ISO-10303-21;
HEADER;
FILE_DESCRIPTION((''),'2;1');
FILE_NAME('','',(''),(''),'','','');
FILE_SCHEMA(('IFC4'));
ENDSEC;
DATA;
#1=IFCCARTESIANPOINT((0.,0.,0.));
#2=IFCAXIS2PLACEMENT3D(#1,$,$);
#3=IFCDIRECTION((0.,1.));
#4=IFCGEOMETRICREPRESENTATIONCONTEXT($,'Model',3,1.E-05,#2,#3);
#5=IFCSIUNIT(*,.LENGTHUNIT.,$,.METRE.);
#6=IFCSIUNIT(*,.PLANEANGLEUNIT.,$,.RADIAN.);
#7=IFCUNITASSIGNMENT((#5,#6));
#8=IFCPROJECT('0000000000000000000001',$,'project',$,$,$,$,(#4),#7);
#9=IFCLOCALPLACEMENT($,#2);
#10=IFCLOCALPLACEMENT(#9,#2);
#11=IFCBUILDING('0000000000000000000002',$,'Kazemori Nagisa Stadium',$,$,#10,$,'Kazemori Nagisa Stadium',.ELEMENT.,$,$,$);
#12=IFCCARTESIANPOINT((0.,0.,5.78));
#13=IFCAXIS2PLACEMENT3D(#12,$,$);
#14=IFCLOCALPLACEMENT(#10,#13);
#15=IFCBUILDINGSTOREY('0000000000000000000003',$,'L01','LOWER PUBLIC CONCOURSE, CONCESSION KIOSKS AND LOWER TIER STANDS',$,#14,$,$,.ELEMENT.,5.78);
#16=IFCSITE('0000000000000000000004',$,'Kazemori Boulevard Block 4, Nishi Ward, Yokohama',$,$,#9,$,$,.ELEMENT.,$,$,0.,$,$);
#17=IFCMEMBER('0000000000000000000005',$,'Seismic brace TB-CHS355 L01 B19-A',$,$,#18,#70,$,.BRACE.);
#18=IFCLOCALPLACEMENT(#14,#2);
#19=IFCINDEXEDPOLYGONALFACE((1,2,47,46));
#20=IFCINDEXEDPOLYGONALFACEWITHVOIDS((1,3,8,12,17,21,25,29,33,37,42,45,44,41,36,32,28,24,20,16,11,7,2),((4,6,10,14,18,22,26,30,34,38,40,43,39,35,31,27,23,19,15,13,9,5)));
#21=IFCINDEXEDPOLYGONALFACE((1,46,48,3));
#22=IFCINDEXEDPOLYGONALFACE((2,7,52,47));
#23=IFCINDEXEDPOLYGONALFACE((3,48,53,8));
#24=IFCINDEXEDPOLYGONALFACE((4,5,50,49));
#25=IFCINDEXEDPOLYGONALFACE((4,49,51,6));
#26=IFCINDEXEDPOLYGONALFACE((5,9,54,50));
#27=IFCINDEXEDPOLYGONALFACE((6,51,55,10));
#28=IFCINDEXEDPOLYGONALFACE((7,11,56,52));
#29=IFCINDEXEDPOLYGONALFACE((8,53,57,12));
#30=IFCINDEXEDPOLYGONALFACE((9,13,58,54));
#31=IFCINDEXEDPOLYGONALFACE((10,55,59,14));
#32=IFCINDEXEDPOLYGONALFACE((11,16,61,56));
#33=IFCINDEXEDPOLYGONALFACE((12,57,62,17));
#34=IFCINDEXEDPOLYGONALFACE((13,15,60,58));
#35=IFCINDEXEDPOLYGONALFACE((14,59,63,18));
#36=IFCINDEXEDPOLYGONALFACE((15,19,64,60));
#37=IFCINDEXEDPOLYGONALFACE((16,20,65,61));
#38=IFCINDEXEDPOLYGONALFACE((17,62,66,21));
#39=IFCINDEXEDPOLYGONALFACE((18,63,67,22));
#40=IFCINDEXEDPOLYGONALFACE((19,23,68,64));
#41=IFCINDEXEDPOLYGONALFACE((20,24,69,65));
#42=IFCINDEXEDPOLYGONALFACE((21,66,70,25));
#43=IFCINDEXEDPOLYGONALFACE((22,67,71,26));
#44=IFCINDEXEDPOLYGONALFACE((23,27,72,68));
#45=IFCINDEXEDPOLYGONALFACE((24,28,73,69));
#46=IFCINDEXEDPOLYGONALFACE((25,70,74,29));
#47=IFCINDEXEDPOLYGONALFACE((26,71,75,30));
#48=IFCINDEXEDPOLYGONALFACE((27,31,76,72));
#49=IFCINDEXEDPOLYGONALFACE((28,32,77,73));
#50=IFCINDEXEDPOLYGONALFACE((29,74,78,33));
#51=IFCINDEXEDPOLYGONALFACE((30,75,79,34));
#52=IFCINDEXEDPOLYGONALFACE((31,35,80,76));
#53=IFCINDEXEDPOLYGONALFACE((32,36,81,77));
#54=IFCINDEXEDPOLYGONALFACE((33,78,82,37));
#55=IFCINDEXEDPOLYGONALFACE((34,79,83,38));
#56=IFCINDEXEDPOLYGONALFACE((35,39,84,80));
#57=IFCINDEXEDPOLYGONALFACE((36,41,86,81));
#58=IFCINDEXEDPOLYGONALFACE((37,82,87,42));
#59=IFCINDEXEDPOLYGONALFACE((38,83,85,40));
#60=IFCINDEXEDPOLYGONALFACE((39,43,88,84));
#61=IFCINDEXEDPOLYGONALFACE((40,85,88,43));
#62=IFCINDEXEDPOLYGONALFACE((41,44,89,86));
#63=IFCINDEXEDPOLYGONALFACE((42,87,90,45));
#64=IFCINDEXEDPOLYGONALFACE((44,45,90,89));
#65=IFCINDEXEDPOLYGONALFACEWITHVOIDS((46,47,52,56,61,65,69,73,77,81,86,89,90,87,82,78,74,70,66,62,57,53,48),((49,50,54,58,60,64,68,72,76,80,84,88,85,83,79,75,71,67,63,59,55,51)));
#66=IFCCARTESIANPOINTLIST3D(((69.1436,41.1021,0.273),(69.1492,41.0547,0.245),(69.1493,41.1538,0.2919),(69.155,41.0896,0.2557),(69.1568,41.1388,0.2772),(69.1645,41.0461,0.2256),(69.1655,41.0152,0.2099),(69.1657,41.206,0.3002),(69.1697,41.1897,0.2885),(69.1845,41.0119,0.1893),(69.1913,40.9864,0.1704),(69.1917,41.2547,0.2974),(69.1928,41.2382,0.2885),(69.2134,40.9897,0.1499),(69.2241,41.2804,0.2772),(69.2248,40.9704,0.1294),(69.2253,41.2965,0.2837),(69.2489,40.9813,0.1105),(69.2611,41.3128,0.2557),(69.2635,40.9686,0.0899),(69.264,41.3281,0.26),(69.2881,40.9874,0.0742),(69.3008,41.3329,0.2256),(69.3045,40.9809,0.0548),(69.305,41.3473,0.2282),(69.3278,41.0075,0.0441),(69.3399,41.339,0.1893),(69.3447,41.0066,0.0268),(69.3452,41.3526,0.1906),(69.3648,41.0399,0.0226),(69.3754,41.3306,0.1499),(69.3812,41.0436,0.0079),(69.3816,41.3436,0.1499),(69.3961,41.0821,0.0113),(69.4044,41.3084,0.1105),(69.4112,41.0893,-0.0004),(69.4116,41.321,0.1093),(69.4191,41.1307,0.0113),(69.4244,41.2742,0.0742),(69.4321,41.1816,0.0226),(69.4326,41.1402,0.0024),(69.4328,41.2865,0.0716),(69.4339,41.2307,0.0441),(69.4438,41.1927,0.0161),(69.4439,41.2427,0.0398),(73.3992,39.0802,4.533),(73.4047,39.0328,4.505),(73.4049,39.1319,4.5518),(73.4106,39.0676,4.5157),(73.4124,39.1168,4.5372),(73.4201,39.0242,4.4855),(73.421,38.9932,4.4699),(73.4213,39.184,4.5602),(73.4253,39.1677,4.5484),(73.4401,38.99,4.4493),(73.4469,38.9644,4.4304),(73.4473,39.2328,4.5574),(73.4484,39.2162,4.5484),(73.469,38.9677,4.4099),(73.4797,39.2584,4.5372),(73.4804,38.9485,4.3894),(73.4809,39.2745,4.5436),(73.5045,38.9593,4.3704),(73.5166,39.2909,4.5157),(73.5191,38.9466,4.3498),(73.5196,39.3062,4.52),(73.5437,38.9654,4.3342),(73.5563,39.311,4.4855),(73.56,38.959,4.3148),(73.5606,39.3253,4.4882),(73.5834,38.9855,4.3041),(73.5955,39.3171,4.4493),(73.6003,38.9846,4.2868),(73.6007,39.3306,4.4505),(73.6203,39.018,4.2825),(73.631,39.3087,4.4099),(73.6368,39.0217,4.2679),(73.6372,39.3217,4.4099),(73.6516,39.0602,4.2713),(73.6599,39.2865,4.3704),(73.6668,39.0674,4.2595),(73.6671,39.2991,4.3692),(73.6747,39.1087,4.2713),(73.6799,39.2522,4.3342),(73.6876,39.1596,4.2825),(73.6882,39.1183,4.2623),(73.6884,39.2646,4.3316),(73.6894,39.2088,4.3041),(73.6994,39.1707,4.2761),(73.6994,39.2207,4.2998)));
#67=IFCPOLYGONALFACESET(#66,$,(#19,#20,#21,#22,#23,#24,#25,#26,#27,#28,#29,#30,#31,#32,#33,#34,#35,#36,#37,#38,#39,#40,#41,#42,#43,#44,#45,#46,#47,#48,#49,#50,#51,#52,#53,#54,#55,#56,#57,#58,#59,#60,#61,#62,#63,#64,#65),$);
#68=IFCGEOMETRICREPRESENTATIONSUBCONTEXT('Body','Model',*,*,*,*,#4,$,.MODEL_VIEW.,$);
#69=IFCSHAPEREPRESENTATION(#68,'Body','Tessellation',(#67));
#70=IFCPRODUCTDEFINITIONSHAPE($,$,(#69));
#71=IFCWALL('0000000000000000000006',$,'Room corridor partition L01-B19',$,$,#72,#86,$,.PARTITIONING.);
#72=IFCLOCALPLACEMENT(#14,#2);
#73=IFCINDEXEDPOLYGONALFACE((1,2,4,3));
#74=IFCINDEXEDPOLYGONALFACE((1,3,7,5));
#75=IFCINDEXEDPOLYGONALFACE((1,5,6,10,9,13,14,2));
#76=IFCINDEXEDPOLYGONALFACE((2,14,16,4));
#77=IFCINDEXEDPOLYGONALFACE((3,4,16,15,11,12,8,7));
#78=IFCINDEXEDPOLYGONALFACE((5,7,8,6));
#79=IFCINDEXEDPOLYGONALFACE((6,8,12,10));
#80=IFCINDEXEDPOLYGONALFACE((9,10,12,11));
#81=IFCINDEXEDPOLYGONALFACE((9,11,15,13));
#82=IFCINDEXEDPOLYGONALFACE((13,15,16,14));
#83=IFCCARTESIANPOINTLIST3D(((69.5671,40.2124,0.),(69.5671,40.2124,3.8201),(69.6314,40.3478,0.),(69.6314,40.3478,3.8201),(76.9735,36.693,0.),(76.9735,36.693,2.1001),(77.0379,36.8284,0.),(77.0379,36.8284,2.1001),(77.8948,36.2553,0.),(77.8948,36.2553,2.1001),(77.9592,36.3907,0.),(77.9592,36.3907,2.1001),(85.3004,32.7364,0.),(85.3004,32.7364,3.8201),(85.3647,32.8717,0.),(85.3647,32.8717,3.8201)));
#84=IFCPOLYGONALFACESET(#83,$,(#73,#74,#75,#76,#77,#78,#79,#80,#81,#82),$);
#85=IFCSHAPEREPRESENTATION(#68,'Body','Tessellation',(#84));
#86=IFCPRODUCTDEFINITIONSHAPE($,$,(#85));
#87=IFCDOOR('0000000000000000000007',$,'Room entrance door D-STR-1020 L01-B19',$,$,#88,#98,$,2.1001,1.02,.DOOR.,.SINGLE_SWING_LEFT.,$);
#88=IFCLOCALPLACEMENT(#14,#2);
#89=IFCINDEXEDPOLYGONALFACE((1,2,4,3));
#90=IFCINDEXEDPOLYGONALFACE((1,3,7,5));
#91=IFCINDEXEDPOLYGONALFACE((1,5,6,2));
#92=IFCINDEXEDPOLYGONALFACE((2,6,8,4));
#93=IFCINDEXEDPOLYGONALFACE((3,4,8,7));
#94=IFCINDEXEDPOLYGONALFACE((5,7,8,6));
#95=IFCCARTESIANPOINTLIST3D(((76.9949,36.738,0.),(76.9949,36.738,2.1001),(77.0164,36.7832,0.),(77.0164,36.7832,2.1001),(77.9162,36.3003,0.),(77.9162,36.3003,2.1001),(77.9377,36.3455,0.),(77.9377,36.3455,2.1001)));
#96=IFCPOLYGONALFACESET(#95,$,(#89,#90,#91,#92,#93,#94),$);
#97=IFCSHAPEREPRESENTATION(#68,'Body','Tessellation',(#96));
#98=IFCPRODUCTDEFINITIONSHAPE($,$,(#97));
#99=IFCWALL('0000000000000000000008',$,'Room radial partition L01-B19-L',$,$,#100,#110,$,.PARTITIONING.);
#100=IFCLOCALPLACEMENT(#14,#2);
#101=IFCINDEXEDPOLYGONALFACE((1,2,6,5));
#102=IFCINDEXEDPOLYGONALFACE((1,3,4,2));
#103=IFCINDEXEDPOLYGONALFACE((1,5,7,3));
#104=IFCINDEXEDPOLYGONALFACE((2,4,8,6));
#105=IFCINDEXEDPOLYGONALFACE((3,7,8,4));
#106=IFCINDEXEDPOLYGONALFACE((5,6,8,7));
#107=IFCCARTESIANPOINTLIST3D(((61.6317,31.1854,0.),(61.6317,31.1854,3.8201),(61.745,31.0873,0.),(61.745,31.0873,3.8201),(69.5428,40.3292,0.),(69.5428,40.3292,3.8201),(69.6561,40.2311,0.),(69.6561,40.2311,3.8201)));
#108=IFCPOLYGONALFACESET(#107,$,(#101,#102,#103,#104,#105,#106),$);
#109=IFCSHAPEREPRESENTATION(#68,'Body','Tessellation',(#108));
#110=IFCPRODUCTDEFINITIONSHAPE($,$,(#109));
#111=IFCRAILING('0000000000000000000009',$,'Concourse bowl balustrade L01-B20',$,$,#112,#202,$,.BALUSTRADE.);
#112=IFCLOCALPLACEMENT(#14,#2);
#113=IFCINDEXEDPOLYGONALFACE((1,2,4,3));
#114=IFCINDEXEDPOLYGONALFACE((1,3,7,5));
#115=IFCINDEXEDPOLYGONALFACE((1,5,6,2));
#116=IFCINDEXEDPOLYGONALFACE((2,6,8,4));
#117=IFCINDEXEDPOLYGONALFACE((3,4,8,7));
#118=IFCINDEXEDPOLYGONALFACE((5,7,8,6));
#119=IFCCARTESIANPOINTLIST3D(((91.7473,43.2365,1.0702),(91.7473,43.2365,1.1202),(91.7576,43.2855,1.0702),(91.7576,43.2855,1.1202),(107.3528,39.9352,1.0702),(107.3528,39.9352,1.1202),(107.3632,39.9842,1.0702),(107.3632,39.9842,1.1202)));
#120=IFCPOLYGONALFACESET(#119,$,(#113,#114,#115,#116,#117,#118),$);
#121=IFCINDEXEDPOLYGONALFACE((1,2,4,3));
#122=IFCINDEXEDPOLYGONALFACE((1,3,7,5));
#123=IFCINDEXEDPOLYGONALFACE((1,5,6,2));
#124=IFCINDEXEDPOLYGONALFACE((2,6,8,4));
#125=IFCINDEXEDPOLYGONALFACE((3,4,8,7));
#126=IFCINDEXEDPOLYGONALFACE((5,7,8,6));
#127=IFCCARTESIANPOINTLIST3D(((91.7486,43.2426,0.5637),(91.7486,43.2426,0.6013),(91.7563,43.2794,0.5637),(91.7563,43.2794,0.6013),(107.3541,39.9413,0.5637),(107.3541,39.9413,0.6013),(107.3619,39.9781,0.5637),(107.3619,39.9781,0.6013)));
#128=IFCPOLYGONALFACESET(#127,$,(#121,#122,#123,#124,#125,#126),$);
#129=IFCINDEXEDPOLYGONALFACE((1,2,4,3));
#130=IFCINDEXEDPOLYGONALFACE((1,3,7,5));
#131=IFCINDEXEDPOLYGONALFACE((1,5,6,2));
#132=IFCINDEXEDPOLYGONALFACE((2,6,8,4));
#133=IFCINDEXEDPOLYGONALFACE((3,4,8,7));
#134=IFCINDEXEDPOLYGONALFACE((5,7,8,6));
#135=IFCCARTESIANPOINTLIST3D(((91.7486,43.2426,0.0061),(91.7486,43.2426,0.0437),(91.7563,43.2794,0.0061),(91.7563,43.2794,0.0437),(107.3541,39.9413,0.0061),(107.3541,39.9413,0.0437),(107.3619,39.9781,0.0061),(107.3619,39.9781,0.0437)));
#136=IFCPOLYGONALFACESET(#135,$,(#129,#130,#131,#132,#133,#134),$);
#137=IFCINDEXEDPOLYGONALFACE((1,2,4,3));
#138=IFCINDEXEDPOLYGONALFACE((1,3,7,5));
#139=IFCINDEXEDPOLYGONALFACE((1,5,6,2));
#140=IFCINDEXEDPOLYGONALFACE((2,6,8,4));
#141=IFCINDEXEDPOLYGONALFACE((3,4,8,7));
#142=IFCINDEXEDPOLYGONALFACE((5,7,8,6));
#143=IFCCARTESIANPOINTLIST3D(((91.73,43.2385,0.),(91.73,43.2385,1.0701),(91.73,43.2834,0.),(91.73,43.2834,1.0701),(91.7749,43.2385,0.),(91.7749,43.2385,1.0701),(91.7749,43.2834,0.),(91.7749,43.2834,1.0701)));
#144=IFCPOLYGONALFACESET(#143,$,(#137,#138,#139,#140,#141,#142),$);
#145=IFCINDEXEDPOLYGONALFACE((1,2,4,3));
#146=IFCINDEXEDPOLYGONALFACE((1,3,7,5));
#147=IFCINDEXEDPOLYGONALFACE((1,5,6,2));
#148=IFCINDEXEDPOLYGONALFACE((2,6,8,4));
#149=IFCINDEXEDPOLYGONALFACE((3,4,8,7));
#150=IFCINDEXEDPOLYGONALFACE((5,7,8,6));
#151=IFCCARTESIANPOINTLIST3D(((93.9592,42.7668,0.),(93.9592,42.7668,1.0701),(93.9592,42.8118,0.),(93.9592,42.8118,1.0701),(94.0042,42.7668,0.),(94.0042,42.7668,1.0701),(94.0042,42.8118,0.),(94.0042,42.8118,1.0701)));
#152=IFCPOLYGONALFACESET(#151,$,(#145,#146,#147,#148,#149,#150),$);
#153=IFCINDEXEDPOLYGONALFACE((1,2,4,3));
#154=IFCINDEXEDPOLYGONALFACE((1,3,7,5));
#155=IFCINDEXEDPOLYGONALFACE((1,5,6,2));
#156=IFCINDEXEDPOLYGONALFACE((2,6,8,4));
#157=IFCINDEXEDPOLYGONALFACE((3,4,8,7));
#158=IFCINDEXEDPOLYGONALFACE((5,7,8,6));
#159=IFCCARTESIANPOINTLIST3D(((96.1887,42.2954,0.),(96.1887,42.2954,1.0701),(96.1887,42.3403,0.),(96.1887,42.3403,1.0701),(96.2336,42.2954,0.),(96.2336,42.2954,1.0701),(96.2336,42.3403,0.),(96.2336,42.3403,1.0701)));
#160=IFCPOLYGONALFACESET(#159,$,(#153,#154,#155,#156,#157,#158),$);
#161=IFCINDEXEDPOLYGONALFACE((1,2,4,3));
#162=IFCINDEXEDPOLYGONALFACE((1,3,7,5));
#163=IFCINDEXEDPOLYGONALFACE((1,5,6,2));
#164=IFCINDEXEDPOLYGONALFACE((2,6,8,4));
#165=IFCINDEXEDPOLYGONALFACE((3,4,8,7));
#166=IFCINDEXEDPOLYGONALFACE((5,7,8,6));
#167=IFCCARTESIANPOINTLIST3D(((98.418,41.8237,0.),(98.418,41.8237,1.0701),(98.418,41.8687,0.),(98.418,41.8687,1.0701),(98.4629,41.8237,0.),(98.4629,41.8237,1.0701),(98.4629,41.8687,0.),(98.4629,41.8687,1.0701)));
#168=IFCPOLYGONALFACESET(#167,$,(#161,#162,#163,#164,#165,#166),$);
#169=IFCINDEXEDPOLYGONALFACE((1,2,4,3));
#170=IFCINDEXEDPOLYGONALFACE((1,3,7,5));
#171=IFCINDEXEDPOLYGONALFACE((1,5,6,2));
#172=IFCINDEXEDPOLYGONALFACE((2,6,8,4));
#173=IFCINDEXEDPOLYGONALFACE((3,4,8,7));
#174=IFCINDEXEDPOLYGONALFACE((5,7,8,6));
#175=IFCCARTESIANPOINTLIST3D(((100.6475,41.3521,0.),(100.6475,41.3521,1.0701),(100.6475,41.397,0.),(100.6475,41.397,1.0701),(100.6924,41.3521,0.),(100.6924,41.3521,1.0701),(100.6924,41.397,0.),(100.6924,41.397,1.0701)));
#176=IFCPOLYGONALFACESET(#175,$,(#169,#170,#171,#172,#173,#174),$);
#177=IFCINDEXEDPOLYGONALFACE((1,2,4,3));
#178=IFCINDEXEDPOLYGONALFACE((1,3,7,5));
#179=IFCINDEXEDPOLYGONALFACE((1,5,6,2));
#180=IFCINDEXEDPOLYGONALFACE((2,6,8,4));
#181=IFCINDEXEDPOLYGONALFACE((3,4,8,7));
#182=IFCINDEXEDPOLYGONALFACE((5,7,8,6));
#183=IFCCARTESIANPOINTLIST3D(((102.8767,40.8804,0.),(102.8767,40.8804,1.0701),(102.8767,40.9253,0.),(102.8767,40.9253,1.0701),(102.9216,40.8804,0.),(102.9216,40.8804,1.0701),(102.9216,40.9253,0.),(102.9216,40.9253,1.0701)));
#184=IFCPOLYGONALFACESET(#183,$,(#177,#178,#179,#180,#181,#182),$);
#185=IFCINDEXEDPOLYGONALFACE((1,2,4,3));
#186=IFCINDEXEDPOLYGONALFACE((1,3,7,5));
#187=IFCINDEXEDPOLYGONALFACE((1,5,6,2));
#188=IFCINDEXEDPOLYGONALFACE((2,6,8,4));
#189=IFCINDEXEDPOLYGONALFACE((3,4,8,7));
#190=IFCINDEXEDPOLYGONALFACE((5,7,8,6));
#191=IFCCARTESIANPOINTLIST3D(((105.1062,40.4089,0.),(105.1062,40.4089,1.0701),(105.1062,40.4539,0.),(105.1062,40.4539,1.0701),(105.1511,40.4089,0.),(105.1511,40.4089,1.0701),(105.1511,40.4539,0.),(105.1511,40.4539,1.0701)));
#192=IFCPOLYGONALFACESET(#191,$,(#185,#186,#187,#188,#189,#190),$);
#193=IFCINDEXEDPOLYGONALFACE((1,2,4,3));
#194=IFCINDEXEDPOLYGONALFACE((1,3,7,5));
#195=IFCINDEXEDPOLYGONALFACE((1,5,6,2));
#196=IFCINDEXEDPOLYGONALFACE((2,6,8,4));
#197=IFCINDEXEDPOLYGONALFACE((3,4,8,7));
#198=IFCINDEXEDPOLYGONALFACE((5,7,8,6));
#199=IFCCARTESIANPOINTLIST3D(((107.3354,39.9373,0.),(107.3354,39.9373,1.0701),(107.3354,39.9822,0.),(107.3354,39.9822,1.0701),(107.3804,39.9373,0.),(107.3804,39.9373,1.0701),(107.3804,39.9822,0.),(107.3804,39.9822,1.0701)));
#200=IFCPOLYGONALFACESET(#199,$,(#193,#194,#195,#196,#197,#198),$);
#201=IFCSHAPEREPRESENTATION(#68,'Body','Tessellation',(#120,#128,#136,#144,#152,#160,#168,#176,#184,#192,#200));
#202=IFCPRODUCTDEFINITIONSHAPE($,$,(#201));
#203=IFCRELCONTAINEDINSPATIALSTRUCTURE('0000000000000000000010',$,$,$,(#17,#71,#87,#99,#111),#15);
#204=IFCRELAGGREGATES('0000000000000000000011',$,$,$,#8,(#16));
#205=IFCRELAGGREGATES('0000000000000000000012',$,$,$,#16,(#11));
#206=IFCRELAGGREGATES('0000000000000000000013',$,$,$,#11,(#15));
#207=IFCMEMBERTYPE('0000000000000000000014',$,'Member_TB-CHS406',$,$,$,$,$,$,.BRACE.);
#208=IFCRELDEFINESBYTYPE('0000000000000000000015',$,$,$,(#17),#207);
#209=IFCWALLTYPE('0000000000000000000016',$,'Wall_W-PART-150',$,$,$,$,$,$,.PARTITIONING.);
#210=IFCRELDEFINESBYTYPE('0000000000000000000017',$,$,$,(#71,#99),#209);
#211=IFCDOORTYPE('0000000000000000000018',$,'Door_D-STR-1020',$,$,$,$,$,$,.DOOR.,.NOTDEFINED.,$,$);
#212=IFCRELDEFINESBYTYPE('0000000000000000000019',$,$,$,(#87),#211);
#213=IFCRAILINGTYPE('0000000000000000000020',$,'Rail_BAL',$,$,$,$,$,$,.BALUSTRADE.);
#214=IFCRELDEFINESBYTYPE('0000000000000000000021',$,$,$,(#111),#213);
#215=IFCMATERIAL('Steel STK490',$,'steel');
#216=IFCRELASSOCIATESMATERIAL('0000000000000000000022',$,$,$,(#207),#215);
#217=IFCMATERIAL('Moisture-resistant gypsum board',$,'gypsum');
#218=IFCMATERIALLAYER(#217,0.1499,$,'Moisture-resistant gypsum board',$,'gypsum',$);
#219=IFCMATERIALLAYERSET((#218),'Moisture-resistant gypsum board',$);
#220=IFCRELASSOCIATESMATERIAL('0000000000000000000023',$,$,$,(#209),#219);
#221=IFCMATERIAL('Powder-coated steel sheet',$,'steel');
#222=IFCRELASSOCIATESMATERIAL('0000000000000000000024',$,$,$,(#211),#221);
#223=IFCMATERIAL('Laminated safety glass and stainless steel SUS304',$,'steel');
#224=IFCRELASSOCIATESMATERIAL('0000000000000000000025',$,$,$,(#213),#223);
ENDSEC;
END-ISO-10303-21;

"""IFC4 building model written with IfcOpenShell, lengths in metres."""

from ifc_helpers import new_model, si_unit, direction, frame, frame_2d, origin, origin_2d, place, context, subcontext, project, spatial, rectangle, hollow_circle, extrude, material, layer, layer_set, material_profile, profile_set, type_object, element, fill, save


model = new_model("IFC4")

# Units and contexts
model_context = context("Model", 3, precision=1e-05, world=origin(), true_north=direction((0.0, 1.0)))
body_context = subcontext(model_context, "Body", "Model", "MODEL_VIEW")
ifc_project = project(units=[si_unit("LENGTHUNIT", "METRE"), si_unit("PLANEANGLEUNIT", "RADIAN")], contexts=[model_context])

# Site, building, storey
site_placement = place(None, origin())
site = spatial("IfcSite", under=ifc_project, at=site_placement, Name="Kazemori Boulevard Block 4, Nishi Ward, Yokohama", CompositionType="ELEMENT", RefElevation=0.0)
building_placement = place(site_placement, origin())
building = spatial("IfcBuilding", under=site, at=building_placement, Name="Kazemori Nagisa Stadium", LongName="Kazemori Nagisa Stadium", CompositionType="ELEMENT")
storey_placement = place(building_placement, frame((0.0, 0.0, 5.78)))
storey = spatial("IfcBuildingStorey", under=building, at=storey_placement, Name="L01", Description="LOWER PUBLIC CONCOURSE, CONCESSION KIOSKS AND LOWER TIER STANDS", CompositionType="ELEMENT", Elevation=5.78)

# Member
ifc_material_1 = material(Name="Steel STK490", Category="steel")
ifc_material_profile_1 = material_profile(ifc_material_1, hollow_circle(Radius=0.2031, WallThickness=0.0144, at=origin_2d()), Name="CHS-406.4x14.3")
ifc_profile_set_1 = profile_set([ifc_material_profile_1], Name="Steel STK490")
member_type = type_object("IfcMemberType", Name="Member_TB-CHS406", PredefinedType="BRACE", material=ifc_profile_set_1)
member_placement = place(storey_placement, frame((69.2944, 41.1602, 0.1499), z_axis=(0.669978, -0.318327, 0.67067), x_axis=(0.429153, 0.903232, 0.0)))
element("IfcMember", 1, at=member_placement, inside=storey, type_object=member_type, Name="Seismic brace TB-CHS355 L01 B19-A", PredefinedType="BRACE", context=body_context, shape_type="SweptSolid", body=[
    extrude(hollow_circle(Radius=0.2031, WallThickness=0.0144, at=origin_2d()), origin(), (0.0, 0.0, 1.0), 6.3518),
])

# Wall, opening, door
ifc_material_2 = material(Name="Moisture-resistant gypsum board", Category="gypsum")
ifc_layer = layer(ifc_material_2, 0.1499, Name="Moisture-resistant gypsum board", Category="gypsum")
ifc_layer_set = layer_set([ifc_layer], Name="Moisture-resistant gypsum board")
wall_type = type_object("IfcWallType", Name="Wall_W-PART-150", PredefinedType="PARTITIONING", material=ifc_layer_set)
wall_1_placement = place(storey_placement, frame((69.5994, 40.28, 0.0), z_axis=(0.0, 0.0, 1.0), x_axis=(0.903217, -0.429184, 0.0)))
wall_1 = element("IfcWall", 2, at=wall_1_placement, inside=storey, type_object=wall_type, Name="Room corridor partition L01-B19", PredefinedType="PARTITIONING", context=body_context, shape_type="SweptSolid", body=[
    extrude(rectangle(XDim=17.4192, YDim=0.1499, at=frame_2d((8.7095, 0.0))), origin(), (0.0, 0.0, 1.0), 3.8201),
])
opening_placement = place(wall_1_placement, frame((8.2, 0.0, 0.0)))
opening = element("IfcOpeningElement", 3, at=opening_placement, cuts=wall_1, PredefinedType="OPENING", context=body_context, shape_type="SweptSolid", body=[
    extrude(rectangle(XDim=1.02, YDim=2.1001, at=frame_2d((0.51, 1.05))), frame((0.0, 0.085, 0.0), z_axis=(0.0, -1.0, 0.0), x_axis=(1.0, 0.0, 0.0)), (0.0, 0.0, 1.0), 0.1699),
])
ifc_material_3 = material(Name="Powder-coated steel sheet", Category="steel")
door_type = type_object("IfcDoorType", Name="Door_D-STR-1020", OperationType="NOTDEFINED", PredefinedType="DOOR", material=ifc_material_3)
door_placement = place(opening_placement, origin())
door = element("IfcDoor", 4, at=door_placement, inside=storey, type_object=door_type, Name="Room entrance door D-STR-1020 L01-B19", OperationType="SINGLE_SWING_LEFT", OverallHeight=2.1001, OverallWidth=1.02, PredefinedType="DOOR", context=body_context, shape_type="SweptSolid", body=[
    extrude(rectangle(XDim=1.02, YDim=2.1001, at=frame_2d((0.51, 1.05))), frame((0.0, 0.0249, 0.0), z_axis=(0.0, -1.0, 0.0), x_axis=(1.0, 0.0, 0.0)), (0.0, 0.0, 1.0), 0.05),
])
fill(opening, door)

# Wall
wall_2_placement = place(storey_placement, frame((69.5994, 40.28, 0.0), z_axis=(0.0, 0.0, 1.0), x_axis=(-0.654293, -0.756241, 0.0)))
element("IfcWall", 5, at=wall_2_placement, inside=storey, type_object=wall_type, Name="Room radial partition L01-B19-L", PredefinedType="PARTITIONING", context=body_context, shape_type="SweptSolid", body=[
    extrude(rectangle(XDim=12.0911, YDim=0.1499, at=frame_2d((6.0454, 0.0))), origin(), (0.0, 0.0, 1.0), 3.8201),
])

# Railing
ifc_material_4 = material(Name="Laminated safety glass and stainless steel SUS304", Category="steel")
railing_type_1 = type_object("IfcRailingType", Name="Rail_BAL", PredefinedType="BALUSTRADE", material=ifc_material_4)
railing_1_placement = place(storey_placement, frame((91.7524, 43.261, 0.0)))
element("IfcRailing", 6, at=railing_1_placement, inside=storey, type_object=railing_type_1, Name="Concourse bowl balustrade L01-B20", PredefinedType="BALUSTRADE", context=body_context, shape_type="SweptSolid", body=[
    extrude(rectangle(XDim=0.05, YDim=0.05, at=origin_2d()), frame((0.0, 0.0, 1.0952), z_axis=(0.978348, -0.206965, 0.0), x_axis=(0.206965, 0.978348, 0.0)), (0.0, 0.0, 1.0), 15.9509),
    extrude(rectangle(XDim=0.0376, YDim=0.0376, at=origin_2d()), frame((0.0, 0.0, 0.5825), z_axis=(0.978348, -0.206965, 0.0), x_axis=(0.206965, 0.978348, 0.0)), (0.0, 0.0, 1.0), 15.9509),
    extrude(rectangle(XDim=0.0376, YDim=0.0376, at=origin_2d()), frame((0.0, 0.0, 0.0249), z_axis=(0.978348, -0.206965, 0.0), x_axis=(0.206965, 0.978348, 0.0)), (0.0, 0.0, 1.0), 15.9509),
    extrude(rectangle(XDim=0.0449, YDim=0.0449, at=origin_2d()), origin(), (0.0, 0.0, 1.0), 1.0701),
    extrude(rectangle(XDim=0.0449, YDim=0.0449, at=origin_2d()), frame((2.2292, -0.4717, 0.0)), (0.0, 0.0, 1.0), 1.0701),
    extrude(rectangle(XDim=0.0449, YDim=0.0449, at=origin_2d()), frame((4.4587, -0.9431, 0.0)), (0.0, 0.0, 1.0), 1.0701),
    extrude(rectangle(XDim=0.0449, YDim=0.0449, at=origin_2d()), frame((6.688, -1.4148, 0.0)), (0.0, 0.0, 1.0), 1.0701),
    extrude(rectangle(XDim=0.0449, YDim=0.0449, at=origin_2d()), frame((8.9175, -1.8865, 0.0)), (0.0, 0.0, 1.0), 1.0701),
    extrude(rectangle(XDim=0.0449, YDim=0.0449, at=origin_2d()), frame((11.1467, -2.3582, 0.0)), (0.0, 0.0, 1.0), 1.0701),
    extrude(rectangle(XDim=0.0449, YDim=0.0449, at=origin_2d()), frame((13.3762, -2.8296, 0.0)), (0.0, 0.0, 1.0), 1.0701),
    extrude(rectangle(XDim=0.0449, YDim=0.0449, at=origin_2d()), frame((15.6055, -3.3013, 0.0)), (0.0, 0.0, 1.0), 1.0701),
])

save(model, "model.ifc")
